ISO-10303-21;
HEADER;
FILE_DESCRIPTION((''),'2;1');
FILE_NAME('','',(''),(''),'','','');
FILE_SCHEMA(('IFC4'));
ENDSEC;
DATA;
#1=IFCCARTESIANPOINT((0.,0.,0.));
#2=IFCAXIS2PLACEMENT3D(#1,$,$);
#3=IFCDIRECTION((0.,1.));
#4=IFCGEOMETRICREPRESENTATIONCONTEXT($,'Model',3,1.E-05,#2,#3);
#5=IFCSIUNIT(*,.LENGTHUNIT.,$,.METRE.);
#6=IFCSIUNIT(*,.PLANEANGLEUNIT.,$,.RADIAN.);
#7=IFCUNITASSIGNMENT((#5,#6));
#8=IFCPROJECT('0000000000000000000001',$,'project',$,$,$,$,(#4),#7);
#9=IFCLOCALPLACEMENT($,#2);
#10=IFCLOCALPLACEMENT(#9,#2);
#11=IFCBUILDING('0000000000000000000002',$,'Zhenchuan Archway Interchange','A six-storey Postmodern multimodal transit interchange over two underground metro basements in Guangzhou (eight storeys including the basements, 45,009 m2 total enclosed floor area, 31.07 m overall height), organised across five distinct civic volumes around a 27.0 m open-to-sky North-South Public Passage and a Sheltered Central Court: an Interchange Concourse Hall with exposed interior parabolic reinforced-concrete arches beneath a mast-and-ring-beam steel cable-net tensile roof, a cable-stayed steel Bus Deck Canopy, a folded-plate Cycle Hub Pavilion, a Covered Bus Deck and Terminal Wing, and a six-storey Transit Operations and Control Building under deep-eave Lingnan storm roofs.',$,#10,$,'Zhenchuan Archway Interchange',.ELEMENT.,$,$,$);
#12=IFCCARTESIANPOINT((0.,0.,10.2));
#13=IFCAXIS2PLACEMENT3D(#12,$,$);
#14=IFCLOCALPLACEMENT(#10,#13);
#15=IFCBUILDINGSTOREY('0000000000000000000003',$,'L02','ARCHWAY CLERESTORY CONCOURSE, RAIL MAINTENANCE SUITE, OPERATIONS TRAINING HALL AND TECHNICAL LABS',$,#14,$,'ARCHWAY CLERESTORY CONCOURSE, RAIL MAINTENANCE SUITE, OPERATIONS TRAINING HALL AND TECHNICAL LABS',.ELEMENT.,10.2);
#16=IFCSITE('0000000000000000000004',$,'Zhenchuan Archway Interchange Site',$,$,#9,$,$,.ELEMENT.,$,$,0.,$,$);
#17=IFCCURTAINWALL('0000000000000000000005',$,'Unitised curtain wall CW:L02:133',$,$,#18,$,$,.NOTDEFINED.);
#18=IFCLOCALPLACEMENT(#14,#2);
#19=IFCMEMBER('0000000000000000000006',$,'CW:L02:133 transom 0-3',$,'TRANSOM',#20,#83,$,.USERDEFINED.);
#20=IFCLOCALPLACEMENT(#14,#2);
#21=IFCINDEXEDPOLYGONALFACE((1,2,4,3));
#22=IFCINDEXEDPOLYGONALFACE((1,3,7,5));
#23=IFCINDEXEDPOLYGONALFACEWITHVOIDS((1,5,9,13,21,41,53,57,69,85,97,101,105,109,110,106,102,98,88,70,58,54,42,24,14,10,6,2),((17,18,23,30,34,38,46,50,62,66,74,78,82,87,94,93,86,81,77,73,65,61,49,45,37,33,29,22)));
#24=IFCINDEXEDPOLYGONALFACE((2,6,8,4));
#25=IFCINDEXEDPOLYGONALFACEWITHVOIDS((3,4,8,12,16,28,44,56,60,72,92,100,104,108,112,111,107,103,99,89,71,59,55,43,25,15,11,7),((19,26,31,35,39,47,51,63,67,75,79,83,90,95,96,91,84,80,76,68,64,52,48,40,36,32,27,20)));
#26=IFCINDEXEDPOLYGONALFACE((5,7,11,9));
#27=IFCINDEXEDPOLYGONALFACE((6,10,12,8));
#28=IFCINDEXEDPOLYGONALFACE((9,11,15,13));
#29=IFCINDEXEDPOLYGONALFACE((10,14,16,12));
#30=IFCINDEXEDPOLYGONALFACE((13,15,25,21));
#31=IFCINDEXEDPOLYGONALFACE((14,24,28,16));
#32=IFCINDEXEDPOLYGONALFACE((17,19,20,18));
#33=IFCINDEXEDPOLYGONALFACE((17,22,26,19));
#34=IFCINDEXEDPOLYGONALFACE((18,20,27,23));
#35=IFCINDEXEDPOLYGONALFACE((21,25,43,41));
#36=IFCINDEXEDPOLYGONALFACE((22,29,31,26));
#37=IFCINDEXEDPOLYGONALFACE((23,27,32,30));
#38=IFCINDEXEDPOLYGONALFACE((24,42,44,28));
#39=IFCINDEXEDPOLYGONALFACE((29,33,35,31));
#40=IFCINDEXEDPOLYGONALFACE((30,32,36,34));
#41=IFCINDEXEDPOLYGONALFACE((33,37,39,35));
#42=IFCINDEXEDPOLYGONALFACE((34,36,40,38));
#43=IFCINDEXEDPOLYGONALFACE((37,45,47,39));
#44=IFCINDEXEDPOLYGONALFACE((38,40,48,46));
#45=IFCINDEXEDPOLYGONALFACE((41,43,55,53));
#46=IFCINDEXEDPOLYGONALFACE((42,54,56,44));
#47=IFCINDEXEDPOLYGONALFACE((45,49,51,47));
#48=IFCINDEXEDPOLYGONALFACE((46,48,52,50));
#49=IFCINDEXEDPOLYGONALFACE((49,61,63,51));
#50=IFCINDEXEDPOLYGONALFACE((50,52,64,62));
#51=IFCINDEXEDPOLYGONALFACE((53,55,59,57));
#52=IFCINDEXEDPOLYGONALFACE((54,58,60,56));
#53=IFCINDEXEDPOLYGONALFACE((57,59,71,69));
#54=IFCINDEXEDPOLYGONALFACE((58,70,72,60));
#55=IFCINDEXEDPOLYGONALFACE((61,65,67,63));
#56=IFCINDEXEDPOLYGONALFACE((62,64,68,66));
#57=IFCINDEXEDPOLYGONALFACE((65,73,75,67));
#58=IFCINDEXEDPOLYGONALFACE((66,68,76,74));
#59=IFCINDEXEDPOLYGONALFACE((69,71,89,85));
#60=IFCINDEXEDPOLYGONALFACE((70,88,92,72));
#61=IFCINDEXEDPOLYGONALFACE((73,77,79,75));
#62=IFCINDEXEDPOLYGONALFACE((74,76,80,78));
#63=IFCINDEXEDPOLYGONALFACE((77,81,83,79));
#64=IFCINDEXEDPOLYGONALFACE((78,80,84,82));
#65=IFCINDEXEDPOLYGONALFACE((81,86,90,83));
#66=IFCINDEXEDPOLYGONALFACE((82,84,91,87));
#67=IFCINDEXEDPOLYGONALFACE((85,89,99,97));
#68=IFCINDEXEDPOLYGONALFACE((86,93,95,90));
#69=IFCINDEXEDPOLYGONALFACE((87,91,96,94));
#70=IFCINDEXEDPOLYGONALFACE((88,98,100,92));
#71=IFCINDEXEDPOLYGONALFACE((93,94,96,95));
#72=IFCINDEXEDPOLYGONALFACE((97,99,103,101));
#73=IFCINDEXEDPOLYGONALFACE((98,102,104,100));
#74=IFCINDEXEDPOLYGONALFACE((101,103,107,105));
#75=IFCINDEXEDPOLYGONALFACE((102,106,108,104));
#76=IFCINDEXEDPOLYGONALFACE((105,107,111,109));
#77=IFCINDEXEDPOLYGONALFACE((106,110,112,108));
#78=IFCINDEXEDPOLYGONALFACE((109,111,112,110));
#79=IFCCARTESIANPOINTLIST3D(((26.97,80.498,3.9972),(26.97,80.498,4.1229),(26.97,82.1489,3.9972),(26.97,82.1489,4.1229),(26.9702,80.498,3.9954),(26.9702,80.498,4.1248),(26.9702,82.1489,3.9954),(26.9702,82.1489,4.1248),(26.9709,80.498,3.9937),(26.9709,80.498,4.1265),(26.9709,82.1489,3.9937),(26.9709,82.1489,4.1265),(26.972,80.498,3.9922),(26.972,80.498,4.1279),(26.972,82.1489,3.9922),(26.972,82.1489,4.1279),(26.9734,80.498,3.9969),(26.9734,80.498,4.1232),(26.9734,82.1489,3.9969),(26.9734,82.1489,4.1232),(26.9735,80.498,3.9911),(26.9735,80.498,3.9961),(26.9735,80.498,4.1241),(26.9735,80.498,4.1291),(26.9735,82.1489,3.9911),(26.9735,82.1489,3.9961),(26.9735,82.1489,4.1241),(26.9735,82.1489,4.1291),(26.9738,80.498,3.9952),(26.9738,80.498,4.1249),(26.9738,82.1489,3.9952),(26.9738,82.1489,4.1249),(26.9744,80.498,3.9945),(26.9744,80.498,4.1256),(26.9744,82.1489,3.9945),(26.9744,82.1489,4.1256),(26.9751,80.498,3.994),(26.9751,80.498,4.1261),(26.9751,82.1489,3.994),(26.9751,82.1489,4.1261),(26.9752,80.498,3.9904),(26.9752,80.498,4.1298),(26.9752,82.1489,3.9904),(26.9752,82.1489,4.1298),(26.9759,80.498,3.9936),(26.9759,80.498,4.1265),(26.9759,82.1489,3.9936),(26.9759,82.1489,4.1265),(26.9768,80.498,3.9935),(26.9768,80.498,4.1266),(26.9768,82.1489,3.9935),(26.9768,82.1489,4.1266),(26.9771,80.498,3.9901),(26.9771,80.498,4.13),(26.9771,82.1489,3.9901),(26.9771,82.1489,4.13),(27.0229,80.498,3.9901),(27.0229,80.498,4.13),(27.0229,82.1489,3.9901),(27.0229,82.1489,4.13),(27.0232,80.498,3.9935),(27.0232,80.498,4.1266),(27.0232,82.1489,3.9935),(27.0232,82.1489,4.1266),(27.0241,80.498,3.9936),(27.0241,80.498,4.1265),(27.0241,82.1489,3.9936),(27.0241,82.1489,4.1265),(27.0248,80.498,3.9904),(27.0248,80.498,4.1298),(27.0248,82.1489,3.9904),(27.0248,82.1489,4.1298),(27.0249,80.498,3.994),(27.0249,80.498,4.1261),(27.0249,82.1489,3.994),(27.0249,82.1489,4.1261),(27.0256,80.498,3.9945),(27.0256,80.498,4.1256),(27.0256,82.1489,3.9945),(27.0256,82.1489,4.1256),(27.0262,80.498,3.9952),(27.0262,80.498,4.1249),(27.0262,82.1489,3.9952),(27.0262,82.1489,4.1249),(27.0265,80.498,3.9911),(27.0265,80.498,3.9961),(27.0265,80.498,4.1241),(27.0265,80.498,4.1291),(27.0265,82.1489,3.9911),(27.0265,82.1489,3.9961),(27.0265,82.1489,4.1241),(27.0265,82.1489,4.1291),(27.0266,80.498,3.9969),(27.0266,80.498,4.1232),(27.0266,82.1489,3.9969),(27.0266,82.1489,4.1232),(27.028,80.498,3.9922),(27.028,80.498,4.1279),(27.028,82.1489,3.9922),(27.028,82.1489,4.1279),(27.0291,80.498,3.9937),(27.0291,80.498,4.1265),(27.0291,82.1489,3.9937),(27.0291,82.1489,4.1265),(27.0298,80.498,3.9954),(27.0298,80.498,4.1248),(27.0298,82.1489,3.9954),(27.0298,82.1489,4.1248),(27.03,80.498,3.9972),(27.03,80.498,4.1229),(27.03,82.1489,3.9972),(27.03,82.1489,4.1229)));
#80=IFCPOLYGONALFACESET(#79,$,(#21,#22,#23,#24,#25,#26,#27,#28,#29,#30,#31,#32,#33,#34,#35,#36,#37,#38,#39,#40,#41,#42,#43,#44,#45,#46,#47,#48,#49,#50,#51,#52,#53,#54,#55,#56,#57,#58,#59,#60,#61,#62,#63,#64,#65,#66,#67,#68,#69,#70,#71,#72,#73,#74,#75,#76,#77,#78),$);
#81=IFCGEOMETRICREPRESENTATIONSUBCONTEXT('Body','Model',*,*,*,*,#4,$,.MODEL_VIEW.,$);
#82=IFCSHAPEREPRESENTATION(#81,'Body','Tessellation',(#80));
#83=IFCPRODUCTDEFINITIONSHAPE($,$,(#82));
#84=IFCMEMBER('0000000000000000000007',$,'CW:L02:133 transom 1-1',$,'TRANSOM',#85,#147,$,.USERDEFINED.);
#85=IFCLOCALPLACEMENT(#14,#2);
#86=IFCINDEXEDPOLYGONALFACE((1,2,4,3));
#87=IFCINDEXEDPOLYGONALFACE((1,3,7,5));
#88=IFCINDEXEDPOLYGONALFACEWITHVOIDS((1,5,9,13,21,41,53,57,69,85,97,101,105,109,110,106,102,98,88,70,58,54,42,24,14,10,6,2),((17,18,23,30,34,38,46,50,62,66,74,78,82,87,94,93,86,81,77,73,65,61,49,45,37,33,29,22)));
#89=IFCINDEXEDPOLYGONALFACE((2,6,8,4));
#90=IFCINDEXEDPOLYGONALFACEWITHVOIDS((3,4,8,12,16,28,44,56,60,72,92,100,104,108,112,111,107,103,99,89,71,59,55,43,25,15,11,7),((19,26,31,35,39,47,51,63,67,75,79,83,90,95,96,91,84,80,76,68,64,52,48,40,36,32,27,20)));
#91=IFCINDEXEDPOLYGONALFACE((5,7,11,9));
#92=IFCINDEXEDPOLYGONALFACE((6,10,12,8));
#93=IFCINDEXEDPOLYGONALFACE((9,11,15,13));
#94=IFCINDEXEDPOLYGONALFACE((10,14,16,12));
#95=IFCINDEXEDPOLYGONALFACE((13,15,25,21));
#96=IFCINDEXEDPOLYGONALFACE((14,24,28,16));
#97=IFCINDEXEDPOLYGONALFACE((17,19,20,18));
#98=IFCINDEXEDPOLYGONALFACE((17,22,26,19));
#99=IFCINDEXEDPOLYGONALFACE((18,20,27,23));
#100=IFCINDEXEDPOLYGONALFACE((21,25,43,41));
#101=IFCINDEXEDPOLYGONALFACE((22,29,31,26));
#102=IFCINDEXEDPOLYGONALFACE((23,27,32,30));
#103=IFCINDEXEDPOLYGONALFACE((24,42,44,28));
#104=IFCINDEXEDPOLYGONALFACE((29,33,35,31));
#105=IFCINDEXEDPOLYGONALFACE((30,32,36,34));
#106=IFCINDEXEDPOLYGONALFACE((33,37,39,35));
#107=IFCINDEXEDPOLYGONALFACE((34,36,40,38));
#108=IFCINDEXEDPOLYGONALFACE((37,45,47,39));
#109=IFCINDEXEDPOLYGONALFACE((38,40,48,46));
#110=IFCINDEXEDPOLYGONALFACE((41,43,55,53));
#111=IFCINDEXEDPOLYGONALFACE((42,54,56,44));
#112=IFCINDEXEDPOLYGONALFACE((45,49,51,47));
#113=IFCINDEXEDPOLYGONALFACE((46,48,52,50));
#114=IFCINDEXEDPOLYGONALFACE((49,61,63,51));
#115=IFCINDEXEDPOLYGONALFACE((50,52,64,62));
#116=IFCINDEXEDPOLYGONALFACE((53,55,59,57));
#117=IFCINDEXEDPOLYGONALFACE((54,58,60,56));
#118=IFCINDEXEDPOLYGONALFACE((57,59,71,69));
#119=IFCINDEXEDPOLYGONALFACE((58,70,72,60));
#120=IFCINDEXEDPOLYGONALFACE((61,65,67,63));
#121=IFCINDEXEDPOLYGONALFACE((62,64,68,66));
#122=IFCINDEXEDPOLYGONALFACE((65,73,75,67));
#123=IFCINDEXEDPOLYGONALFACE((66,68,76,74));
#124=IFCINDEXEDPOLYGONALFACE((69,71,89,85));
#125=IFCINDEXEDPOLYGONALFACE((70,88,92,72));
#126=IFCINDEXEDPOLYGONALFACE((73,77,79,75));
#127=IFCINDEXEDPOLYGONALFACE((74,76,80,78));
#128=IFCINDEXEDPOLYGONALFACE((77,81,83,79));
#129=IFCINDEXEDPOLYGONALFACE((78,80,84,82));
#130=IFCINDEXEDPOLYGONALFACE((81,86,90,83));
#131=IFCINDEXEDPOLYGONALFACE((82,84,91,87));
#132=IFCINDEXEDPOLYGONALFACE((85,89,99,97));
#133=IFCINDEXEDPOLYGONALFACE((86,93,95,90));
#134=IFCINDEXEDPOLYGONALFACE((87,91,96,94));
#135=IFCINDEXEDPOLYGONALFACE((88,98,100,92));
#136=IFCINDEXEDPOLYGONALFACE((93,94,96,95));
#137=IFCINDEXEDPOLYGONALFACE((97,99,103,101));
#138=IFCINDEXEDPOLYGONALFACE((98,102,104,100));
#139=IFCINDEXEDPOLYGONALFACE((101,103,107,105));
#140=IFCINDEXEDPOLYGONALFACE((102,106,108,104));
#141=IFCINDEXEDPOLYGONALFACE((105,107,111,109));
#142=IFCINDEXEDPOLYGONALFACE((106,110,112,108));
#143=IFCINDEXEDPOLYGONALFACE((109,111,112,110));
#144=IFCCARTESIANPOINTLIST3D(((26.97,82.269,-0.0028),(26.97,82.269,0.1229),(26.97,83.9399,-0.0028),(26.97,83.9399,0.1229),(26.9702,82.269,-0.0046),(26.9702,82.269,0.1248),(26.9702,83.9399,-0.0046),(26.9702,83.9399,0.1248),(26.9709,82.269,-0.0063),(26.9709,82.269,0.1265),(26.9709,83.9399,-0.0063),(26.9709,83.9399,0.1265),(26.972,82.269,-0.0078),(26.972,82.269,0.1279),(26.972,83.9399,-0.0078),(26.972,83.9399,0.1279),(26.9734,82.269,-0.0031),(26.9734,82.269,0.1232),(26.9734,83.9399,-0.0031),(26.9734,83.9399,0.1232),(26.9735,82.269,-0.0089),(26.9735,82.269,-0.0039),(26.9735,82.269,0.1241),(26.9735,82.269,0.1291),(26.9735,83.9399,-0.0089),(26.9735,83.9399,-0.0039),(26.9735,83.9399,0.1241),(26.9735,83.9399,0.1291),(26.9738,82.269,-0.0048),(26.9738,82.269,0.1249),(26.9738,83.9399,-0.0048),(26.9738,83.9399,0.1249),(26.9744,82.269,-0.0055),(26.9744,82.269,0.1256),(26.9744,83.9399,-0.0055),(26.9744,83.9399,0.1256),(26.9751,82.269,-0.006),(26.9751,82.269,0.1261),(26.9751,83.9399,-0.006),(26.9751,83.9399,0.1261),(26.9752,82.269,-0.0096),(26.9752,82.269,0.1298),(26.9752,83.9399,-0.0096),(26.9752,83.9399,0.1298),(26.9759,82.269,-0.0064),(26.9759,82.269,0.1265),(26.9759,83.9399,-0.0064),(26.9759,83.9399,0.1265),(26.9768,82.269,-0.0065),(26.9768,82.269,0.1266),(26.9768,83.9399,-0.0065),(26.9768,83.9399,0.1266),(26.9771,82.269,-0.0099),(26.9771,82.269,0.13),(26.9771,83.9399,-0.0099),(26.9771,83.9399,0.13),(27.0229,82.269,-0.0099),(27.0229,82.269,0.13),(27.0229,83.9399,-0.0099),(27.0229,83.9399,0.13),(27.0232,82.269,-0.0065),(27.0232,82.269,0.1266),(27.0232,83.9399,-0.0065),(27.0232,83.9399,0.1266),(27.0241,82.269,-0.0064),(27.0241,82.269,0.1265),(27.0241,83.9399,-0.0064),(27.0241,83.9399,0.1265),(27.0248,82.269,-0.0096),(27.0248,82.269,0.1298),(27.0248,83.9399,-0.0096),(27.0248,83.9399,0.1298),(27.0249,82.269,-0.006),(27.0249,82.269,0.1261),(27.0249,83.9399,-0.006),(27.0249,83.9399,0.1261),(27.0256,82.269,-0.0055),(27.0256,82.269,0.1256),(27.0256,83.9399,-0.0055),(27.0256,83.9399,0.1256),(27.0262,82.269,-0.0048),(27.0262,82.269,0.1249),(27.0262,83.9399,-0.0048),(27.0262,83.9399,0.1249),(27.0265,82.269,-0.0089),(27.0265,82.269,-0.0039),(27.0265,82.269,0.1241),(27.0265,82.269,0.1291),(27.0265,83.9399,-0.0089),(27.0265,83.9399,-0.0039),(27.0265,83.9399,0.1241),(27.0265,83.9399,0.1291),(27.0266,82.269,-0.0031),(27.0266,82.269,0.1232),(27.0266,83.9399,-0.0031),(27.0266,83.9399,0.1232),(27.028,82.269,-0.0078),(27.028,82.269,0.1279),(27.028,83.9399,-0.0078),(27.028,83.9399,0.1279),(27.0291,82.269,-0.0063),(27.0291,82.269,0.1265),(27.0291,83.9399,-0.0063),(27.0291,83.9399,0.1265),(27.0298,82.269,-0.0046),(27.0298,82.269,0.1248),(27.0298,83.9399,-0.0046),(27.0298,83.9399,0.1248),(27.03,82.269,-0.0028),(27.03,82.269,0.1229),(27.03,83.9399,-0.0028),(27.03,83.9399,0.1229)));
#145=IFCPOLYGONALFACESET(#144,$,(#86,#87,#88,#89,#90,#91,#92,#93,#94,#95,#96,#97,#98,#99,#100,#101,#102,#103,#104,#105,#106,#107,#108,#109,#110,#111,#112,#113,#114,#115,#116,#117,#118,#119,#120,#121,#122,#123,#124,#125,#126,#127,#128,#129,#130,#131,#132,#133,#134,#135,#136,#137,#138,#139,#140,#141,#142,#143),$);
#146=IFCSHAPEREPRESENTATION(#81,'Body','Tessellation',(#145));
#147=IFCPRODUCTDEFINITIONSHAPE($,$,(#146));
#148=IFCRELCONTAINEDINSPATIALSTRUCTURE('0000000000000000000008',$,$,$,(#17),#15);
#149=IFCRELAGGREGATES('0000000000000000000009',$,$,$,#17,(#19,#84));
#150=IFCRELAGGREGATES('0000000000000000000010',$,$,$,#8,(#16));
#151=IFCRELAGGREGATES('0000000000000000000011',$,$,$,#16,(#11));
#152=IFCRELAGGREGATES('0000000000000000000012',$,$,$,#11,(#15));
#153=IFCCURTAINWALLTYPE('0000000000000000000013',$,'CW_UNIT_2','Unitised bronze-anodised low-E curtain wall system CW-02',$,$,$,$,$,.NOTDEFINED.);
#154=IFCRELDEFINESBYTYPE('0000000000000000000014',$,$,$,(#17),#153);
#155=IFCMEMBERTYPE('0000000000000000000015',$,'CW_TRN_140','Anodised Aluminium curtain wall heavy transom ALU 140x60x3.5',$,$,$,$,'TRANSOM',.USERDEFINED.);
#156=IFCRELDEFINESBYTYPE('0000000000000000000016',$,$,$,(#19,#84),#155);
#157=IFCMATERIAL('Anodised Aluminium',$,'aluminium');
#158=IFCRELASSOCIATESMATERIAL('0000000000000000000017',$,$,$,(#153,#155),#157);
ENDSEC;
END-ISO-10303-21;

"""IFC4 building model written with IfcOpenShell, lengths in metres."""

from ifc_helpers import new_model, si_unit, direction, frame, origin, origin_2d, place, context, subcontext, project, spatial, hollow_rectangle, extrude, material, material_profile, profile_set, type_object, element, aggregate, save


model = new_model("IFC4")

# Units and contexts
model_context = context("Model", 3, precision=1e-05, world=origin(), true_north=direction((0.0, 1.0)))
body_context = subcontext(model_context, "Body", "Model", "MODEL_VIEW")
ifc_project = project(units=[si_unit("LENGTHUNIT", "METRE"), si_unit("PLANEANGLEUNIT", "RADIAN")], contexts=[model_context])

# Site, building, storey
site_placement = place(None, origin())
site = spatial("IfcSite", under=ifc_project, at=site_placement, Name="Zhenchuan Archway Interchange Site", CompositionType="ELEMENT", RefElevation=0.0)
building_placement = place(site_placement, origin())
building = spatial("IfcBuilding", under=site, at=building_placement, Name="Zhenchuan Archway Interchange", Description="A six-storey Postmodern multimodal transit interchange over two underground metro basements in Guangzhou (eight storeys including the basements, 45,009 m2 total enclosed floor area, 31.07 m overall height), organised across five distinct civic volumes around a 27.0 m open-to-sky North-South Public Passage and a Sheltered Central Court: an Interchange Concourse Hall with exposed interior parabolic reinforced-concrete arches beneath a mast-and-ring-beam steel cable-net tensile roof, a cable-stayed steel Bus Deck Canopy, a folded-plate Cycle Hub Pavilion, a Covered Bus Deck and Terminal Wing, and a six-storey Transit Operations and Control Building under deep-eave Lingnan storm roofs.", LongName="Zhenchuan Archway Interchange", CompositionType="ELEMENT")
storey_placement = place(building_placement, frame((0.0, 0.0, 10.2)))
storey = spatial("IfcBuildingStorey", under=building, at=storey_placement, Name="L02", Description="ARCHWAY CLERESTORY CONCOURSE, RAIL MAINTENANCE SUITE, OPERATIONS TRAINING HALL AND TECHNICAL LABS", LongName="ARCHWAY CLERESTORY CONCOURSE, RAIL MAINTENANCE SUITE, OPERATIONS TRAINING HALL AND TECHNICAL LABS", CompositionType="ELEMENT", Elevation=10.2)

# Curtain wall, members
ifc_material_1 = material(Name="Anodised Aluminium", Category="aluminium")
curtain_wall_type = type_object("IfcCurtainWallType", Name="CW_UNIT_2", Description="Unitised bronze-anodised low-E curtain wall system CW-02", PredefinedType="NOTDEFINED", material=ifc_material_1)
curtain_wall_placement = place(storey_placement, origin())
curtain_wall = element("IfcCurtainWall", 1, at=curtain_wall_placement, inside=storey, type_object=curtain_wall_type, Name="Unitised curtain wall CW:L02:133", PredefinedType="NOTDEFINED")
ifc_material_profile_1 = material_profile(ifc_material_1, hollow_rectangle(XDim=0.0601, YDim=0.1399, WallThickness=0.0034, InnerFilletRadius=0.0034, OuterFilletRadius=0.0071, at=origin_2d()), Name="ALU 140x60x3.5")
ifc_profile_set_1 = profile_set([ifc_material_profile_1], Name="Anodised Aluminium")
member_type_1 = type_object("IfcMemberType", Name="CW_TRN_140", Description="Anodised Aluminium curtain wall heavy transom ALU 140x60x3.5", ElementType="TRANSOM", PredefinedType="USERDEFINED", material=ifc_profile_set_1)
member_1_placement = place(storey_placement, frame((27.0, 80.498, 4.0601), z_axis=(0.0, 1.0, 0.0), x_axis=(-1.0, 0.0, 0.0)))
member_1 = element("IfcMember", 2, at=member_1_placement, type_object=member_type_1, Name="CW:L02:133 transom 0-3", ObjectType="TRANSOM", PredefinedType="USERDEFINED", context=body_context, shape_type="SweptSolid", body=[
    extrude(hollow_rectangle(XDim=0.0601, YDim=0.1399, WallThickness=0.0034, InnerFilletRadius=0.0034, OuterFilletRadius=0.0071, at=origin_2d()), origin(), (0.0, 0.0, 1.0), 1.6509),
])
member_2_placement = place(storey_placement, frame((27.0, 82.269, 0.0601), z_axis=(0.0, 1.0, 0.0), x_axis=(-1.0, 0.0, 0.0)))
member_2 = element("IfcMember", 3, at=member_2_placement, type_object=member_type_1, Name="CW:L02:133 transom 1-1", ObjectType="TRANSOM", PredefinedType="USERDEFINED", context=body_context, shape_type="SweptSolid", body=[
    extrude(hollow_rectangle(XDim=0.0601, YDim=0.1399, WallThickness=0.0034, InnerFilletRadius=0.0034, OuterFilletRadius=0.0071, at=origin_2d()), origin(), (0.0, 0.0, 1.0), 1.6709),
])

aggregate(curtain_wall, [member_1, member_2])

save(model, "model.ifc")
